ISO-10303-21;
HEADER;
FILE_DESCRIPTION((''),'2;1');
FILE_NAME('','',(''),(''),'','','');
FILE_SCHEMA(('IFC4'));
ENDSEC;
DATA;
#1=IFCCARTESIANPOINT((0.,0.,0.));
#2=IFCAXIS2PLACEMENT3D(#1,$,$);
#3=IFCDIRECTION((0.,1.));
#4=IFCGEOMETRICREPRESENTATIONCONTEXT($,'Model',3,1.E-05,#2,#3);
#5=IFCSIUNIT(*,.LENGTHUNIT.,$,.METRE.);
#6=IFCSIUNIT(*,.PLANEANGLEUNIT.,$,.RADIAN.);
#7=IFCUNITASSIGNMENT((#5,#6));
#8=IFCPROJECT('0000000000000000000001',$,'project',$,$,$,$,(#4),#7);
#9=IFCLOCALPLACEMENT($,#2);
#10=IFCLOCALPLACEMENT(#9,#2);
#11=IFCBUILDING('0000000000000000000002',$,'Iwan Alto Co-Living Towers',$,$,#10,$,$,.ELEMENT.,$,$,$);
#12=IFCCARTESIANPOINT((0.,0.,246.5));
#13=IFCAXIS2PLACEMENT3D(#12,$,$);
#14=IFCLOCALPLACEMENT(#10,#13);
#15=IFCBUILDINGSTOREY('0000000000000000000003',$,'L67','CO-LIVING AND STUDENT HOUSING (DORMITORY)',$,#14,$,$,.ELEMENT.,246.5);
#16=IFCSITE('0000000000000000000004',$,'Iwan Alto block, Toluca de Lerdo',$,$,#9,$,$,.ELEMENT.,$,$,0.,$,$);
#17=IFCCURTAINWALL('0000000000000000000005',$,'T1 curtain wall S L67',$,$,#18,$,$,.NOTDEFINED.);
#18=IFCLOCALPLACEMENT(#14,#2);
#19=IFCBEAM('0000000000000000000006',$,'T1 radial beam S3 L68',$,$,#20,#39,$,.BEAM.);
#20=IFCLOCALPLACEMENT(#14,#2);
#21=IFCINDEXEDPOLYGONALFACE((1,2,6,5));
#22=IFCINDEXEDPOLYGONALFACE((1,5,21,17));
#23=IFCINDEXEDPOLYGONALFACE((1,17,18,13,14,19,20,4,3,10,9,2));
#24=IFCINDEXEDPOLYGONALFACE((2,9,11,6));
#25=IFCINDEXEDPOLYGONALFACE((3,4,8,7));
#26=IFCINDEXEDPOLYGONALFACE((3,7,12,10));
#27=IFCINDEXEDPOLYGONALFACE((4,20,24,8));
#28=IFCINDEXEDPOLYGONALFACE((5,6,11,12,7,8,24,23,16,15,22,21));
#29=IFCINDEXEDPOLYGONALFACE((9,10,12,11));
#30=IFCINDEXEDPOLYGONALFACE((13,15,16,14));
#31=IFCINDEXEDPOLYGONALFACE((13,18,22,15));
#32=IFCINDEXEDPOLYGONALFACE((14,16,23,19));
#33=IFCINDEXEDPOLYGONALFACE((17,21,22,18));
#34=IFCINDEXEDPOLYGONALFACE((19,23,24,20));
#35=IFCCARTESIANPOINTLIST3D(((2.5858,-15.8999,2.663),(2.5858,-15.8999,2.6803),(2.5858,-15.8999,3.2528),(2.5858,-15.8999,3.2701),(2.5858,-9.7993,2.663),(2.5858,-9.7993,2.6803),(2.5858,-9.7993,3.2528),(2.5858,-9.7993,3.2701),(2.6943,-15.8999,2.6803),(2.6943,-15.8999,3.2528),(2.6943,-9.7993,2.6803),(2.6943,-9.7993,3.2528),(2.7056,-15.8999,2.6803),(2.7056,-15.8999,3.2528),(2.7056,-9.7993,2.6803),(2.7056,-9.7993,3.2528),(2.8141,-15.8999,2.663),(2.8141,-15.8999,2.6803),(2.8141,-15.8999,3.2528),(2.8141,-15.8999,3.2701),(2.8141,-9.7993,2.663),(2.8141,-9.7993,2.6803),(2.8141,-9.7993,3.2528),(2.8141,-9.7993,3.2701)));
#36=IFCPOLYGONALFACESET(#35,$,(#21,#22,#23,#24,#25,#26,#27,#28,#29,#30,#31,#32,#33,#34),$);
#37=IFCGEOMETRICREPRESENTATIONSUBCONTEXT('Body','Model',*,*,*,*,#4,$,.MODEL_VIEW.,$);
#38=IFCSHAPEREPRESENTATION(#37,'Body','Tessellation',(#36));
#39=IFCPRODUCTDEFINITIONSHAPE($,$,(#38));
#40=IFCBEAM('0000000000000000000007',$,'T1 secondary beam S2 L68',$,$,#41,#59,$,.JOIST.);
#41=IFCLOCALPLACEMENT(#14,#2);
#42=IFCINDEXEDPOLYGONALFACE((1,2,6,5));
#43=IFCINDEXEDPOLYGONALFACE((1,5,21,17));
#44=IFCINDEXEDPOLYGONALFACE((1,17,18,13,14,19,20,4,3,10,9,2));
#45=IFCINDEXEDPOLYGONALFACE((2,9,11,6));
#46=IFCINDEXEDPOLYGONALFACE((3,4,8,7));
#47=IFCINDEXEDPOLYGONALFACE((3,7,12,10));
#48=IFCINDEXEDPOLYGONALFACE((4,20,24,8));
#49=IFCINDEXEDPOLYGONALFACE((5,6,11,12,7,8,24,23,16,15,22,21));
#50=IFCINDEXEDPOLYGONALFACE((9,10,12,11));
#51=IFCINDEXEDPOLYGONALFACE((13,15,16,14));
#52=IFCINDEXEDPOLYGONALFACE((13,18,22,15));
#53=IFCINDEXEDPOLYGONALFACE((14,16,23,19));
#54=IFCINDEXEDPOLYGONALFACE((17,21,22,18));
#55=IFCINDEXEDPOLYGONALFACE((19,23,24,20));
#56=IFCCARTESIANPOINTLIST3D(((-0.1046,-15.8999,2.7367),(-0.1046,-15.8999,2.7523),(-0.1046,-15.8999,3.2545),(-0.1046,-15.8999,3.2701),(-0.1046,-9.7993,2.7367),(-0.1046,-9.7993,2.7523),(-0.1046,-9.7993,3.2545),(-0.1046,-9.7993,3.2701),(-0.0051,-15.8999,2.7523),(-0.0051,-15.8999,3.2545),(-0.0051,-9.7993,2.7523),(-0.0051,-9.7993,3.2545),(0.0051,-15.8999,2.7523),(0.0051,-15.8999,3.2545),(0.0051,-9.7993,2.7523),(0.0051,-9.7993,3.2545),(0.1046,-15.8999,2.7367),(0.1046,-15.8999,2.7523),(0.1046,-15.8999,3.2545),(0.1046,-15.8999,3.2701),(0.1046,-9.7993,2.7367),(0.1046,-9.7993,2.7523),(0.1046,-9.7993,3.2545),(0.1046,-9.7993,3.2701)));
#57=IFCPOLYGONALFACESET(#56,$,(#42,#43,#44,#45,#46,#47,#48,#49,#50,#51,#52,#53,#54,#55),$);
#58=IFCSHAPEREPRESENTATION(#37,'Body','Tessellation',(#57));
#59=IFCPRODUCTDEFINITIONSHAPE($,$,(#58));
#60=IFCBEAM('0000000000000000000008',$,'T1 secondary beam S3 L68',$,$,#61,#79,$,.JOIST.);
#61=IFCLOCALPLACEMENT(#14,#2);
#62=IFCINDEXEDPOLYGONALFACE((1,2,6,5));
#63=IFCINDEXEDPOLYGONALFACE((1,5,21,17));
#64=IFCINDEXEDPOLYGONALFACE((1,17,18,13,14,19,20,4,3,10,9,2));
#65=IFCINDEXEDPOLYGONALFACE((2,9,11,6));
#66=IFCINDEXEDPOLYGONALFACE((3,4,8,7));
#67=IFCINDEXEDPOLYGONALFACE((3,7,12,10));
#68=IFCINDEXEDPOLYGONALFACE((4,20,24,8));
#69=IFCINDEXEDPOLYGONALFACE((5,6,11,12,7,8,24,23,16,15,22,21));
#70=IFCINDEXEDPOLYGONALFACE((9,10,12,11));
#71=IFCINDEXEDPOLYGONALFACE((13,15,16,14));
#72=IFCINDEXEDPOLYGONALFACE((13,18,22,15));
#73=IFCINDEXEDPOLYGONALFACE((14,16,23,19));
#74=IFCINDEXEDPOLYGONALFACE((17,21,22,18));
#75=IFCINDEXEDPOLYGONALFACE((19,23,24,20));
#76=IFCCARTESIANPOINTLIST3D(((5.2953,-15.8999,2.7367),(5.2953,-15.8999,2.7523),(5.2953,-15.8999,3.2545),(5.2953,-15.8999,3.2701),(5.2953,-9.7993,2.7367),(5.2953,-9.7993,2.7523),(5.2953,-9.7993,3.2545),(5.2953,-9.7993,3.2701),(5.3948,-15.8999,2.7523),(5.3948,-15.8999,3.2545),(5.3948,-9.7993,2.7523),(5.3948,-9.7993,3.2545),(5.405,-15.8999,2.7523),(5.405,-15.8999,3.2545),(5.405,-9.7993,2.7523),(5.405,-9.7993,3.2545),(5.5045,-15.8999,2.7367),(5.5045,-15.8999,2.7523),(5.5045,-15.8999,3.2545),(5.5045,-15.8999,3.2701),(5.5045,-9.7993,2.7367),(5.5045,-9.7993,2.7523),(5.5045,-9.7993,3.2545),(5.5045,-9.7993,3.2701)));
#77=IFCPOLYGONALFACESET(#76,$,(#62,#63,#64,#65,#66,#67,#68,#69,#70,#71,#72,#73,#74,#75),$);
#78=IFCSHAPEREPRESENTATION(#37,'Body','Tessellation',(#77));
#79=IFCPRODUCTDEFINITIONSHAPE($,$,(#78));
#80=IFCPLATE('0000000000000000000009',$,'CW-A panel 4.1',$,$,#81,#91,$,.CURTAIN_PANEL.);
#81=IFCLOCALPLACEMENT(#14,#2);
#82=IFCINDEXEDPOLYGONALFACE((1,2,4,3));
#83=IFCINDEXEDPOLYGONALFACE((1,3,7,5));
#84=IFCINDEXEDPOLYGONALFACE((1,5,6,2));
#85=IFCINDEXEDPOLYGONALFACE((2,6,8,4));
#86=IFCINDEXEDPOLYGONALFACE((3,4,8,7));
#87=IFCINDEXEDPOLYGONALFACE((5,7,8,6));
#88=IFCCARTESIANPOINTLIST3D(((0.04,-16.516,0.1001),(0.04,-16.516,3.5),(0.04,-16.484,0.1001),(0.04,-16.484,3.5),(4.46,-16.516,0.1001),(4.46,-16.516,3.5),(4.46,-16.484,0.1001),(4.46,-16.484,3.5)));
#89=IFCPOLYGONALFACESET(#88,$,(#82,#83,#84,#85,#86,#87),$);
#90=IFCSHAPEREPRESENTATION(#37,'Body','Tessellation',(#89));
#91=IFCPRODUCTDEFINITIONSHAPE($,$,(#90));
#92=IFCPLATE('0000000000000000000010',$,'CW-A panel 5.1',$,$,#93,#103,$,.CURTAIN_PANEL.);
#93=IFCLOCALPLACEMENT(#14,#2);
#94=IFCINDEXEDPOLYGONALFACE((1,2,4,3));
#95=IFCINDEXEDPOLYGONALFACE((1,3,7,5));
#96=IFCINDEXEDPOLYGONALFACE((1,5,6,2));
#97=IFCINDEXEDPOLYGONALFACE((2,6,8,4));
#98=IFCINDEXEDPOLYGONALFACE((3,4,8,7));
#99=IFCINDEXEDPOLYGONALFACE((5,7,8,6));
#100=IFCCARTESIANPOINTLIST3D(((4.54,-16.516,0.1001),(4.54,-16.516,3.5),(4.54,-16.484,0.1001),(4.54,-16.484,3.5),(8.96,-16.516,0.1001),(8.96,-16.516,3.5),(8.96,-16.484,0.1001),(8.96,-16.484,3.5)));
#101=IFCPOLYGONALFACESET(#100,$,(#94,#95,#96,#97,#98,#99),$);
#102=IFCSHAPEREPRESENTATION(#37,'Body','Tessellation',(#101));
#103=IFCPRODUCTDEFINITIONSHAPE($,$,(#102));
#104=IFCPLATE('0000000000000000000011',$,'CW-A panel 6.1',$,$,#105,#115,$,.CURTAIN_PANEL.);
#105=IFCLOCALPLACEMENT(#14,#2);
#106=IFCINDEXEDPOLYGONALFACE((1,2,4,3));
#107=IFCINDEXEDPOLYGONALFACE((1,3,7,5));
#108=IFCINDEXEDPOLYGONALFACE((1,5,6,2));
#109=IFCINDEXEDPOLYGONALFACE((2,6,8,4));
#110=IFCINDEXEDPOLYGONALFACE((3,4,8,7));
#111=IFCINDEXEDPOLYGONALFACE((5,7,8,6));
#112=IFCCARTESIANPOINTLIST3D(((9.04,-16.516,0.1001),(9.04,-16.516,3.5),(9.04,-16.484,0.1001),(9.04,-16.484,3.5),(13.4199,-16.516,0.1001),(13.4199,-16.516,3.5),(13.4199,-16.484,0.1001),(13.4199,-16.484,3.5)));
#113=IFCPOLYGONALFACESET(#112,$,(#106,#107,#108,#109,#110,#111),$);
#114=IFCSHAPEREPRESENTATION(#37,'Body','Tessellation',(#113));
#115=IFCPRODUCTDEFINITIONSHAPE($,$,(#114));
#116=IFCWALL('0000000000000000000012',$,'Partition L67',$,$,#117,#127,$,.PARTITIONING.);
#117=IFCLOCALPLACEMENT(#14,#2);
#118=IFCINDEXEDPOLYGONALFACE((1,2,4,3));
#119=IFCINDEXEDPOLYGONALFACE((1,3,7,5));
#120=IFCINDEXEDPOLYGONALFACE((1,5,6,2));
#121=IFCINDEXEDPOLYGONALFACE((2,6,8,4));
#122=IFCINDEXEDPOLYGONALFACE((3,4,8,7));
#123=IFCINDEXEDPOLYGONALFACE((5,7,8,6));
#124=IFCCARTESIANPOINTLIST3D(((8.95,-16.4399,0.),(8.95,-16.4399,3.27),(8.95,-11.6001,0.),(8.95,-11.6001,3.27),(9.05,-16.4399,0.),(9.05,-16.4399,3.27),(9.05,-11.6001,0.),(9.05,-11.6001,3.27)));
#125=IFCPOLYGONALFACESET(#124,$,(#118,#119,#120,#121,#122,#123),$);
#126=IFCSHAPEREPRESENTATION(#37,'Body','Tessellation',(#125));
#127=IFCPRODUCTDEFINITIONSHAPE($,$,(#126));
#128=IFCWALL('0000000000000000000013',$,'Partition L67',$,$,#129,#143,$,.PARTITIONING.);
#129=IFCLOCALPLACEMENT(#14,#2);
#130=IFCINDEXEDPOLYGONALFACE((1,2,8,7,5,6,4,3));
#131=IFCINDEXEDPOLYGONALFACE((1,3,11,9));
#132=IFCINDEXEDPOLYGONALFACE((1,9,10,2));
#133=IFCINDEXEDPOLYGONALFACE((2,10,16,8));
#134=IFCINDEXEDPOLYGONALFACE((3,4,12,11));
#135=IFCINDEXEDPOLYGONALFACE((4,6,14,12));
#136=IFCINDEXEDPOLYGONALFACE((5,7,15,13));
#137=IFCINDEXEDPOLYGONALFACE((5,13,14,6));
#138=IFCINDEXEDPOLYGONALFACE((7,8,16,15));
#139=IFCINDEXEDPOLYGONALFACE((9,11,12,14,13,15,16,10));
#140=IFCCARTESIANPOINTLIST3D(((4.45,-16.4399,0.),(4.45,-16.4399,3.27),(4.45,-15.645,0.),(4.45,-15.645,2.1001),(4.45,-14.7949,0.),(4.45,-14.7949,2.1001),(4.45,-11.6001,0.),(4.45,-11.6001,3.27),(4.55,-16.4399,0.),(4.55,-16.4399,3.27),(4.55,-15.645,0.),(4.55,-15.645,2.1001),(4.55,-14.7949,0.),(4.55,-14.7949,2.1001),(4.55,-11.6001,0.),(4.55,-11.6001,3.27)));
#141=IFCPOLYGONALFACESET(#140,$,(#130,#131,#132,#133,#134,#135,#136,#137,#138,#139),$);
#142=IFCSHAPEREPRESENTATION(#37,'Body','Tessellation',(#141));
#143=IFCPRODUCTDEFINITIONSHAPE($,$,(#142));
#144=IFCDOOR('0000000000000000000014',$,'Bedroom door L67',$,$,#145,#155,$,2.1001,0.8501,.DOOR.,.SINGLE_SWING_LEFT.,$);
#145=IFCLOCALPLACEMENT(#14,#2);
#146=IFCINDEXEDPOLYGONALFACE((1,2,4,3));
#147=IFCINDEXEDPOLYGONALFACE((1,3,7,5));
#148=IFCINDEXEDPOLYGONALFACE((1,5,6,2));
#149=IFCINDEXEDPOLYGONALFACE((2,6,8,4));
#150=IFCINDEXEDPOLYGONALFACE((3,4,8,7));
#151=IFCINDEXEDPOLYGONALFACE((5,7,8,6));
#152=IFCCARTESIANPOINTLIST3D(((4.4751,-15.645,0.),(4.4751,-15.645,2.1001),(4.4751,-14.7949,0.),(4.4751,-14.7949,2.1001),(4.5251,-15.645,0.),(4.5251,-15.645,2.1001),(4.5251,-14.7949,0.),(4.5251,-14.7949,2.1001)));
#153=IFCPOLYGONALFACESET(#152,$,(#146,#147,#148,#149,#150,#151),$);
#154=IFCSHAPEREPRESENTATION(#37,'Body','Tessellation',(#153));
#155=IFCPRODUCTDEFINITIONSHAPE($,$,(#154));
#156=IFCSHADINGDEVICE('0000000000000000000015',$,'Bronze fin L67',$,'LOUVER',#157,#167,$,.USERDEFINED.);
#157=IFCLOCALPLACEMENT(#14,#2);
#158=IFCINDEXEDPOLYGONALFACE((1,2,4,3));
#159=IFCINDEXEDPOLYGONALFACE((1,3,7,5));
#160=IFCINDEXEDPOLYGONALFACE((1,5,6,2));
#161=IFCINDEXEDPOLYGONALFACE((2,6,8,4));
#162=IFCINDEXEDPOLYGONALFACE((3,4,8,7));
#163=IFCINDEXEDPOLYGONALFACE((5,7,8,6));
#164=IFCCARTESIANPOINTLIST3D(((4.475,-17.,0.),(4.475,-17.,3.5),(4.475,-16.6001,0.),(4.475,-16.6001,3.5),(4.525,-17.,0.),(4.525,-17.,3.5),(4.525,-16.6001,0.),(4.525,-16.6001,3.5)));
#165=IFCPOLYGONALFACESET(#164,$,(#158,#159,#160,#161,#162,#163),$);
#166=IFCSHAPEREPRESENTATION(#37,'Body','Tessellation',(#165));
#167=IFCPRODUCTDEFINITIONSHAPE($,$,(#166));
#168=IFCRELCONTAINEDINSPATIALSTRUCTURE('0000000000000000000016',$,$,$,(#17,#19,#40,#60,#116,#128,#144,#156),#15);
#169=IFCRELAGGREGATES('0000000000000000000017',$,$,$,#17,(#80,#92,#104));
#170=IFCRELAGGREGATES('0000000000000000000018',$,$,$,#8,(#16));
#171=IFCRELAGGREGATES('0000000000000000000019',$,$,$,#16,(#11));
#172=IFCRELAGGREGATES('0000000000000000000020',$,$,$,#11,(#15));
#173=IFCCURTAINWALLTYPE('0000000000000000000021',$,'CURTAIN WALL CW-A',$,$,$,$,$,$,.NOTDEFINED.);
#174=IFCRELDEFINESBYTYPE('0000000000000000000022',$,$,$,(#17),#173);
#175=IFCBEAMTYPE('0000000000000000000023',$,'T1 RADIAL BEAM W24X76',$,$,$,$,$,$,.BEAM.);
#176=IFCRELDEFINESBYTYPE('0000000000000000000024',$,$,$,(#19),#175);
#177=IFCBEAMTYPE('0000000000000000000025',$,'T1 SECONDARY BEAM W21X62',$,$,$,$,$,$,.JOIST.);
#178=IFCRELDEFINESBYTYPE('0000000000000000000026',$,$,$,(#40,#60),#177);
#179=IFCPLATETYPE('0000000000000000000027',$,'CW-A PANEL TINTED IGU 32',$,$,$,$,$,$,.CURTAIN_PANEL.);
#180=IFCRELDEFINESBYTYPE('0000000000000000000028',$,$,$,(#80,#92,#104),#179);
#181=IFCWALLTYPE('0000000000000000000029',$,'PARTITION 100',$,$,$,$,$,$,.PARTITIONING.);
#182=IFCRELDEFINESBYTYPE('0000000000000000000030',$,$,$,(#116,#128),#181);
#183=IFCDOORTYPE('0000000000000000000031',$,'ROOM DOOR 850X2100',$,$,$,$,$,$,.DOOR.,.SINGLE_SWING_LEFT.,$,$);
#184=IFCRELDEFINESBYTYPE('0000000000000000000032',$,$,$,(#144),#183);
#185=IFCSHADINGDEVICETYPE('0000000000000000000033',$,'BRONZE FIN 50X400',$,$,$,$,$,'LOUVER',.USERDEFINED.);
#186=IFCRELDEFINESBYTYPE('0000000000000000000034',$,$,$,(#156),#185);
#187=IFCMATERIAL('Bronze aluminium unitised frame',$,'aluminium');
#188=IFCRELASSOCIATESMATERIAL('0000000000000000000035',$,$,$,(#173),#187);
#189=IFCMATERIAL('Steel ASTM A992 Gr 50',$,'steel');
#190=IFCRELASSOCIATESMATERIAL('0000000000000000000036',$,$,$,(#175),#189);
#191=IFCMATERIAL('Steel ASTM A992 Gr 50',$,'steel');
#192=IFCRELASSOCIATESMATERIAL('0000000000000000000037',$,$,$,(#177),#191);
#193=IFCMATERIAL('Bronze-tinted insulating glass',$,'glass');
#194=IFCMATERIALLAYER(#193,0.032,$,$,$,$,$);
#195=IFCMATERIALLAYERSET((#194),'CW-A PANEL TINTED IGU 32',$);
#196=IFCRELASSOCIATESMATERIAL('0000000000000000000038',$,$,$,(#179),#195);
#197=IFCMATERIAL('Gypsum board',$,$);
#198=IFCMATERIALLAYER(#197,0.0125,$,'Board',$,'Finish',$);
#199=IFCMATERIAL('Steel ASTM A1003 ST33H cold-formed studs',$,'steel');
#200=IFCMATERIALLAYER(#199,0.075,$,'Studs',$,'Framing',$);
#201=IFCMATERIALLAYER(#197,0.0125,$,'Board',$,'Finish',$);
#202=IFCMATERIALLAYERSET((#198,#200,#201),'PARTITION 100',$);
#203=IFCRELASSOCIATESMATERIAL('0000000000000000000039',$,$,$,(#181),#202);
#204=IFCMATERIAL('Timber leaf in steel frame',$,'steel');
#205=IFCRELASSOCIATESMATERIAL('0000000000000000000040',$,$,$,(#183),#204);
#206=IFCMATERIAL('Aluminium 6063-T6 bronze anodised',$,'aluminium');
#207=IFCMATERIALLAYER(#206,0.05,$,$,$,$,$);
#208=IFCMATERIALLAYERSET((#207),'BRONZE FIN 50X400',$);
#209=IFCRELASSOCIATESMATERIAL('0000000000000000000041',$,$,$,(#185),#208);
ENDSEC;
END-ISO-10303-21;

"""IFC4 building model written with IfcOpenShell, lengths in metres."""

from ifc_helpers import new_model, si_unit, direction, frame, frame_2d, origin, origin_2d, place, context, subcontext, project, spatial, rectangle, i_section, extrude, material, layer, layer_set, material_profile, profile_set, type_object, element, fill, aggregate, save


model = new_model("IFC4")

# Units and contexts
model_context = context("Model", 3, precision=1e-05, world=origin(), true_north=direction((0.0, 1.0)))
body_context = subcontext(model_context, "Body", "Model", "MODEL_VIEW")
ifc_project = project(units=[si_unit("LENGTHUNIT", "METRE"), si_unit("PLANEANGLEUNIT", "RADIAN")], contexts=[model_context])

# Site, building, storey
site_placement = place(None, origin())
site = spatial("IfcSite", under=ifc_project, at=site_placement, Name="Iwan Alto block, Toluca de Lerdo", CompositionType="ELEMENT", RefElevation=0.0)
building_placement = place(site_placement, origin())
building = spatial("IfcBuilding", under=site, at=building_placement, Name="Iwan Alto Co-Living Towers", CompositionType="ELEMENT")
storey_placement = place(building_placement, frame((0.0, 0.0, 246.5)))
storey = spatial("IfcBuildingStorey", under=building, at=storey_placement, Name="L67", Description="CO-LIVING AND STUDENT HOUSING (DORMITORY)", CompositionType="ELEMENT", Elevation=246.5)

# Curtain wall
ifc_material_1 = material(Name="Bronze aluminium unitised frame", Category="aluminium")
curtain_wall_type = type_object("IfcCurtainWallType", Name="CURTAIN WALL CW-A", PredefinedType="NOTDEFINED", material=ifc_material_1)
curtain_wall_placement = place(storey_placement, origin())
curtain_wall = element("IfcCurtainWall", 1, at=curtain_wall_placement, inside=storey, type_object=curtain_wall_type, Name="T1 curtain wall S L67", PredefinedType="NOTDEFINED")

# Beams
ifc_material_2 = material(Name="Steel ASTM A992 Gr 50", Category="steel")
ifc_material_profile_1 = material_profile(ifc_material_2, i_section(OverallWidth=0.2283, OverallDepth=0.6072, WebThickness=0.0112, FlangeThickness=0.0173, at=origin_2d()), Name="W24X76")
ifc_profile_set_1 = profile_set([ifc_material_profile_1], Name="Steel ASTM A992 Gr 50")
beam_type_1 = type_object("IfcBeamType", Name="T1 RADIAL BEAM W24X76", PredefinedType="BEAM", material=ifc_profile_set_1)
beam_1_placement = place(storey_placement, frame((2.7, -15.8999, 2.9666), z_axis=(0.0, 1.0, 0.0), x_axis=(-1.0, 0.0, 0.0)))
element("IfcBeam", 2, at=beam_1_placement, inside=storey, type_object=beam_type_1, Name="T1 radial beam S3 L68", PredefinedType="BEAM", context=body_context, shape_type="SweptSolid", body=[
    extrude(i_section(OverallWidth=0.2283, OverallDepth=0.6072, WebThickness=0.0112, FlangeThickness=0.0173, at=origin_2d()), origin(), (0.0, 0.0, 1.0), 6.1006),
])
ifc_material_3 = material(Name="Steel ASTM A992 Gr 50", Category="steel")
ifc_material_profile_2 = material_profile(ifc_material_3, i_section(OverallWidth=0.2092, OverallDepth=0.5334, WebThickness=0.0103, FlangeThickness=0.0156, at=origin_2d()), Name="W21X62")
ifc_profile_set_2 = profile_set([ifc_material_profile_2], Name="Steel ASTM A992 Gr 50")
beam_type_2 = type_object("IfcBeamType", Name="T1 SECONDARY BEAM W21X62", PredefinedType="JOIST", material=ifc_profile_set_2)
for number, where, z_axis, x_axis, name in (
    (3, (0.0, -15.8999, 3.0034), (0.0, 1.0, 0.0), (-1.0, 0.0, 0.0), "T1 secondary beam S2 L68"),
    (4, (5.3999, -15.8999, 3.0034), (0.0, 1.0, 0.0), (-1.0, 0.0, 0.0), "T1 secondary beam S3 L68"),
):
    element("IfcBeam", number, at=place(storey_placement, frame(where, z_axis=z_axis, x_axis=x_axis)), inside=storey, type_object=beam_type_2, Name=name, PredefinedType="JOIST", context=body_context, shape_type="SweptSolid", body=[
        extrude(i_section(OverallWidth=0.2092, OverallDepth=0.5334, WebThickness=0.0103, FlangeThickness=0.0156, at=origin_2d()), origin(), (0.0, 0.0, 1.0), 6.1006),
    ])

# Plates
ifc_material_4 = material(Name="Bronze-tinted insulating glass", Category="glass")
ifc_layer_1 = layer(ifc_material_4, 0.032)
ifc_layer_set_1 = layer_set([ifc_layer_1], Name="CW-A PANEL TINTED IGU 32")
plate_type = type_object("IfcPlateType", Name="CW-A PANEL TINTED IGU 32", PredefinedType="CURTAIN_PANEL", material=ifc_layer_set_1)
plate_1_placement = place(storey_placement, frame((2.25, -16.5, 0.1001), z_axis=(0.0, 0.0, 1.0), x_axis=(1.0, 0.0, 0.0)))
plate_1 = element("IfcPlate", 5, at=plate_1_placement, type_object=plate_type, Name="CW-A panel 4.1", PredefinedType="CURTAIN_PANEL", context=body_context, shape_type="SweptSolid", body=[
    extrude(rectangle(XDim=4.4199, YDim=0.032, at=origin_2d()), origin(), (0.0, 0.0, 1.0), 3.3999),
])
plate_2_placement = place(storey_placement, frame((6.75, -16.5, 0.1001), z_axis=(0.0, 0.0, 1.0), x_axis=(1.0, 0.0, 0.0)))
plate_2 = element("IfcPlate", 6, at=plate_2_placement, type_object=plate_type, Name="CW-A panel 5.1", PredefinedType="CURTAIN_PANEL", context=body_context, shape_type="SweptSolid", body=[
    extrude(rectangle(XDim=4.4199, YDim=0.032, at=origin_2d()), origin(), (0.0, 0.0, 1.0), 3.3999),
])
plate_3_placement = place(storey_placement, frame((11.23, -16.5, 0.1001), z_axis=(0.0, 0.0, 1.0), x_axis=(1.0, 0.0, 0.0)))
plate_3 = element("IfcPlate", 7, at=plate_3_placement, type_object=plate_type, Name="CW-A panel 6.1", PredefinedType="CURTAIN_PANEL", context=body_context, shape_type="SweptSolid", body=[
    extrude(rectangle(XDim=4.3799, YDim=0.032, at=origin_2d()), origin(), (0.0, 0.0, 1.0), 3.3999),
])
aggregate(curtain_wall, [plate_1, plate_2, plate_3])

# Wall
ifc_material_5 = material(Name="Gypsum board")
ifc_layer_2 = layer(ifc_material_5, 0.0125, Name="Board", Category="Finish")
ifc_material_6 = material(Name="Steel ASTM A1003 ST33H cold-formed studs", Category="steel")
ifc_layer_3 = layer(ifc_material_6, 0.075, Name="Studs", Category="Framing")
ifc_layer_4 = layer(ifc_material_5, 0.0125, Name="Board", Category="Finish")
ifc_layer_set_2 = layer_set([ifc_layer_2, ifc_layer_3, ifc_layer_4], Name="PARTITION 100")
wall_type = type_object("IfcWallType", Name="PARTITION 100", PredefinedType="PARTITIONING", material=ifc_layer_set_2)
wall_1_placement = place(storey_placement, frame((9.0, -16.4399, 0.0), z_axis=(0.0, 0.0, 1.0), x_axis=(0.0, 1.0, 0.0)))
element("IfcWall", 8, at=wall_1_placement, inside=storey, type_object=wall_type, Name="Partition L67", PredefinedType="PARTITIONING", context=body_context, shape_type="SweptSolid", body=[
    extrude(rectangle(XDim=4.8398, YDim=0.1001, at=frame_2d((2.4199, 0.0))), origin(), (0.0, 0.0, 1.0), 3.27),
])

# Wall, opening, door
wall_2_placement = place(storey_placement, frame((4.5, -16.4399, 0.0), z_axis=(0.0, 0.0, 1.0), x_axis=(0.0, 1.0, 0.0)))
wall_2 = element("IfcWall", 9, at=wall_2_placement, inside=storey, type_object=wall_type, Name="Partition L67", PredefinedType="PARTITIONING", context=body_context, shape_type="SweptSolid", body=[
    extrude(rectangle(XDim=4.8398, YDim=0.1001, at=frame_2d((2.4199, 0.0))), origin(), (0.0, 0.0, 1.0), 3.27),
])
opening_placement = place(wall_2_placement, frame((0.7949, 0.0, 0.0)))
opening = element("IfcOpeningElement", 10, at=opening_placement, cuts=wall_2, PredefinedType="OPENING", context=body_context, shape_type="SweptSolid", body=[
    extrude(rectangle(XDim=0.8501, YDim=2.1001, at=frame_2d((0.425, 1.05))), frame((0.0, 0.0601, 0.0), z_axis=(0.0, -1.0, 0.0), x_axis=(1.0, 0.0, 0.0)), (0.0, 0.0, 1.0), 0.1201),
])
ifc_material_7 = material(Name="Timber leaf in steel frame", Category="steel")
door_type = type_object("IfcDoorType", Name="ROOM DOOR 850X2100", OperationType="SINGLE_SWING_LEFT", PredefinedType="DOOR", material=ifc_material_7)
door_placement = place(opening_placement, origin())
door = element("IfcDoor", 11, at=door_placement, inside=storey, type_object=door_type, Name="Bedroom door L67", OperationType="SINGLE_SWING_LEFT", OverallHeight=2.1001, OverallWidth=0.8501, PredefinedType="DOOR", context=body_context, shape_type="SweptSolid", body=[
    extrude(rectangle(XDim=0.8501, YDim=2.1001, at=frame_2d((0.425, 1.05))), frame((0.0, 0.0249, 0.0), z_axis=(0.0, -1.0, 0.0), x_axis=(1.0, 0.0, 0.0)), (0.0, 0.0, 1.0), 0.05),
])
fill(opening, door)

# Shading device
ifc_material_8 = material(Name="Aluminium 6063-T6 bronze anodised", Category="aluminium")
ifc_layer_5 = layer(ifc_material_8, 0.05)
ifc_layer_set_3 = layer_set([ifc_layer_5], Name="BRONZE FIN 50X400")
shading_device_type = type_object("IfcShadingDeviceType", Name="BRONZE FIN 50X400", ElementType="LOUVER", PredefinedType="USERDEFINED", material=ifc_layer_set_3)
shading_device_placement = place(storey_placement, frame((4.5, -16.8, 0.0), z_axis=(0.0, 0.0, 1.0), x_axis=(1.0, 0.0, 0.0)))
element("IfcShadingDevice", 12, at=shading_device_placement, inside=storey, type_object=shading_device_type, Name="Bronze fin L67", ObjectType="LOUVER", PredefinedType="USERDEFINED", context=body_context, shape_type="SweptSolid", body=[
    extrude(rectangle(XDim=0.05, YDim=0.3999, at=origin_2d()), origin(), (0.0, 0.0, 1.0), 3.5),
])

save(model, "model.ifc")
